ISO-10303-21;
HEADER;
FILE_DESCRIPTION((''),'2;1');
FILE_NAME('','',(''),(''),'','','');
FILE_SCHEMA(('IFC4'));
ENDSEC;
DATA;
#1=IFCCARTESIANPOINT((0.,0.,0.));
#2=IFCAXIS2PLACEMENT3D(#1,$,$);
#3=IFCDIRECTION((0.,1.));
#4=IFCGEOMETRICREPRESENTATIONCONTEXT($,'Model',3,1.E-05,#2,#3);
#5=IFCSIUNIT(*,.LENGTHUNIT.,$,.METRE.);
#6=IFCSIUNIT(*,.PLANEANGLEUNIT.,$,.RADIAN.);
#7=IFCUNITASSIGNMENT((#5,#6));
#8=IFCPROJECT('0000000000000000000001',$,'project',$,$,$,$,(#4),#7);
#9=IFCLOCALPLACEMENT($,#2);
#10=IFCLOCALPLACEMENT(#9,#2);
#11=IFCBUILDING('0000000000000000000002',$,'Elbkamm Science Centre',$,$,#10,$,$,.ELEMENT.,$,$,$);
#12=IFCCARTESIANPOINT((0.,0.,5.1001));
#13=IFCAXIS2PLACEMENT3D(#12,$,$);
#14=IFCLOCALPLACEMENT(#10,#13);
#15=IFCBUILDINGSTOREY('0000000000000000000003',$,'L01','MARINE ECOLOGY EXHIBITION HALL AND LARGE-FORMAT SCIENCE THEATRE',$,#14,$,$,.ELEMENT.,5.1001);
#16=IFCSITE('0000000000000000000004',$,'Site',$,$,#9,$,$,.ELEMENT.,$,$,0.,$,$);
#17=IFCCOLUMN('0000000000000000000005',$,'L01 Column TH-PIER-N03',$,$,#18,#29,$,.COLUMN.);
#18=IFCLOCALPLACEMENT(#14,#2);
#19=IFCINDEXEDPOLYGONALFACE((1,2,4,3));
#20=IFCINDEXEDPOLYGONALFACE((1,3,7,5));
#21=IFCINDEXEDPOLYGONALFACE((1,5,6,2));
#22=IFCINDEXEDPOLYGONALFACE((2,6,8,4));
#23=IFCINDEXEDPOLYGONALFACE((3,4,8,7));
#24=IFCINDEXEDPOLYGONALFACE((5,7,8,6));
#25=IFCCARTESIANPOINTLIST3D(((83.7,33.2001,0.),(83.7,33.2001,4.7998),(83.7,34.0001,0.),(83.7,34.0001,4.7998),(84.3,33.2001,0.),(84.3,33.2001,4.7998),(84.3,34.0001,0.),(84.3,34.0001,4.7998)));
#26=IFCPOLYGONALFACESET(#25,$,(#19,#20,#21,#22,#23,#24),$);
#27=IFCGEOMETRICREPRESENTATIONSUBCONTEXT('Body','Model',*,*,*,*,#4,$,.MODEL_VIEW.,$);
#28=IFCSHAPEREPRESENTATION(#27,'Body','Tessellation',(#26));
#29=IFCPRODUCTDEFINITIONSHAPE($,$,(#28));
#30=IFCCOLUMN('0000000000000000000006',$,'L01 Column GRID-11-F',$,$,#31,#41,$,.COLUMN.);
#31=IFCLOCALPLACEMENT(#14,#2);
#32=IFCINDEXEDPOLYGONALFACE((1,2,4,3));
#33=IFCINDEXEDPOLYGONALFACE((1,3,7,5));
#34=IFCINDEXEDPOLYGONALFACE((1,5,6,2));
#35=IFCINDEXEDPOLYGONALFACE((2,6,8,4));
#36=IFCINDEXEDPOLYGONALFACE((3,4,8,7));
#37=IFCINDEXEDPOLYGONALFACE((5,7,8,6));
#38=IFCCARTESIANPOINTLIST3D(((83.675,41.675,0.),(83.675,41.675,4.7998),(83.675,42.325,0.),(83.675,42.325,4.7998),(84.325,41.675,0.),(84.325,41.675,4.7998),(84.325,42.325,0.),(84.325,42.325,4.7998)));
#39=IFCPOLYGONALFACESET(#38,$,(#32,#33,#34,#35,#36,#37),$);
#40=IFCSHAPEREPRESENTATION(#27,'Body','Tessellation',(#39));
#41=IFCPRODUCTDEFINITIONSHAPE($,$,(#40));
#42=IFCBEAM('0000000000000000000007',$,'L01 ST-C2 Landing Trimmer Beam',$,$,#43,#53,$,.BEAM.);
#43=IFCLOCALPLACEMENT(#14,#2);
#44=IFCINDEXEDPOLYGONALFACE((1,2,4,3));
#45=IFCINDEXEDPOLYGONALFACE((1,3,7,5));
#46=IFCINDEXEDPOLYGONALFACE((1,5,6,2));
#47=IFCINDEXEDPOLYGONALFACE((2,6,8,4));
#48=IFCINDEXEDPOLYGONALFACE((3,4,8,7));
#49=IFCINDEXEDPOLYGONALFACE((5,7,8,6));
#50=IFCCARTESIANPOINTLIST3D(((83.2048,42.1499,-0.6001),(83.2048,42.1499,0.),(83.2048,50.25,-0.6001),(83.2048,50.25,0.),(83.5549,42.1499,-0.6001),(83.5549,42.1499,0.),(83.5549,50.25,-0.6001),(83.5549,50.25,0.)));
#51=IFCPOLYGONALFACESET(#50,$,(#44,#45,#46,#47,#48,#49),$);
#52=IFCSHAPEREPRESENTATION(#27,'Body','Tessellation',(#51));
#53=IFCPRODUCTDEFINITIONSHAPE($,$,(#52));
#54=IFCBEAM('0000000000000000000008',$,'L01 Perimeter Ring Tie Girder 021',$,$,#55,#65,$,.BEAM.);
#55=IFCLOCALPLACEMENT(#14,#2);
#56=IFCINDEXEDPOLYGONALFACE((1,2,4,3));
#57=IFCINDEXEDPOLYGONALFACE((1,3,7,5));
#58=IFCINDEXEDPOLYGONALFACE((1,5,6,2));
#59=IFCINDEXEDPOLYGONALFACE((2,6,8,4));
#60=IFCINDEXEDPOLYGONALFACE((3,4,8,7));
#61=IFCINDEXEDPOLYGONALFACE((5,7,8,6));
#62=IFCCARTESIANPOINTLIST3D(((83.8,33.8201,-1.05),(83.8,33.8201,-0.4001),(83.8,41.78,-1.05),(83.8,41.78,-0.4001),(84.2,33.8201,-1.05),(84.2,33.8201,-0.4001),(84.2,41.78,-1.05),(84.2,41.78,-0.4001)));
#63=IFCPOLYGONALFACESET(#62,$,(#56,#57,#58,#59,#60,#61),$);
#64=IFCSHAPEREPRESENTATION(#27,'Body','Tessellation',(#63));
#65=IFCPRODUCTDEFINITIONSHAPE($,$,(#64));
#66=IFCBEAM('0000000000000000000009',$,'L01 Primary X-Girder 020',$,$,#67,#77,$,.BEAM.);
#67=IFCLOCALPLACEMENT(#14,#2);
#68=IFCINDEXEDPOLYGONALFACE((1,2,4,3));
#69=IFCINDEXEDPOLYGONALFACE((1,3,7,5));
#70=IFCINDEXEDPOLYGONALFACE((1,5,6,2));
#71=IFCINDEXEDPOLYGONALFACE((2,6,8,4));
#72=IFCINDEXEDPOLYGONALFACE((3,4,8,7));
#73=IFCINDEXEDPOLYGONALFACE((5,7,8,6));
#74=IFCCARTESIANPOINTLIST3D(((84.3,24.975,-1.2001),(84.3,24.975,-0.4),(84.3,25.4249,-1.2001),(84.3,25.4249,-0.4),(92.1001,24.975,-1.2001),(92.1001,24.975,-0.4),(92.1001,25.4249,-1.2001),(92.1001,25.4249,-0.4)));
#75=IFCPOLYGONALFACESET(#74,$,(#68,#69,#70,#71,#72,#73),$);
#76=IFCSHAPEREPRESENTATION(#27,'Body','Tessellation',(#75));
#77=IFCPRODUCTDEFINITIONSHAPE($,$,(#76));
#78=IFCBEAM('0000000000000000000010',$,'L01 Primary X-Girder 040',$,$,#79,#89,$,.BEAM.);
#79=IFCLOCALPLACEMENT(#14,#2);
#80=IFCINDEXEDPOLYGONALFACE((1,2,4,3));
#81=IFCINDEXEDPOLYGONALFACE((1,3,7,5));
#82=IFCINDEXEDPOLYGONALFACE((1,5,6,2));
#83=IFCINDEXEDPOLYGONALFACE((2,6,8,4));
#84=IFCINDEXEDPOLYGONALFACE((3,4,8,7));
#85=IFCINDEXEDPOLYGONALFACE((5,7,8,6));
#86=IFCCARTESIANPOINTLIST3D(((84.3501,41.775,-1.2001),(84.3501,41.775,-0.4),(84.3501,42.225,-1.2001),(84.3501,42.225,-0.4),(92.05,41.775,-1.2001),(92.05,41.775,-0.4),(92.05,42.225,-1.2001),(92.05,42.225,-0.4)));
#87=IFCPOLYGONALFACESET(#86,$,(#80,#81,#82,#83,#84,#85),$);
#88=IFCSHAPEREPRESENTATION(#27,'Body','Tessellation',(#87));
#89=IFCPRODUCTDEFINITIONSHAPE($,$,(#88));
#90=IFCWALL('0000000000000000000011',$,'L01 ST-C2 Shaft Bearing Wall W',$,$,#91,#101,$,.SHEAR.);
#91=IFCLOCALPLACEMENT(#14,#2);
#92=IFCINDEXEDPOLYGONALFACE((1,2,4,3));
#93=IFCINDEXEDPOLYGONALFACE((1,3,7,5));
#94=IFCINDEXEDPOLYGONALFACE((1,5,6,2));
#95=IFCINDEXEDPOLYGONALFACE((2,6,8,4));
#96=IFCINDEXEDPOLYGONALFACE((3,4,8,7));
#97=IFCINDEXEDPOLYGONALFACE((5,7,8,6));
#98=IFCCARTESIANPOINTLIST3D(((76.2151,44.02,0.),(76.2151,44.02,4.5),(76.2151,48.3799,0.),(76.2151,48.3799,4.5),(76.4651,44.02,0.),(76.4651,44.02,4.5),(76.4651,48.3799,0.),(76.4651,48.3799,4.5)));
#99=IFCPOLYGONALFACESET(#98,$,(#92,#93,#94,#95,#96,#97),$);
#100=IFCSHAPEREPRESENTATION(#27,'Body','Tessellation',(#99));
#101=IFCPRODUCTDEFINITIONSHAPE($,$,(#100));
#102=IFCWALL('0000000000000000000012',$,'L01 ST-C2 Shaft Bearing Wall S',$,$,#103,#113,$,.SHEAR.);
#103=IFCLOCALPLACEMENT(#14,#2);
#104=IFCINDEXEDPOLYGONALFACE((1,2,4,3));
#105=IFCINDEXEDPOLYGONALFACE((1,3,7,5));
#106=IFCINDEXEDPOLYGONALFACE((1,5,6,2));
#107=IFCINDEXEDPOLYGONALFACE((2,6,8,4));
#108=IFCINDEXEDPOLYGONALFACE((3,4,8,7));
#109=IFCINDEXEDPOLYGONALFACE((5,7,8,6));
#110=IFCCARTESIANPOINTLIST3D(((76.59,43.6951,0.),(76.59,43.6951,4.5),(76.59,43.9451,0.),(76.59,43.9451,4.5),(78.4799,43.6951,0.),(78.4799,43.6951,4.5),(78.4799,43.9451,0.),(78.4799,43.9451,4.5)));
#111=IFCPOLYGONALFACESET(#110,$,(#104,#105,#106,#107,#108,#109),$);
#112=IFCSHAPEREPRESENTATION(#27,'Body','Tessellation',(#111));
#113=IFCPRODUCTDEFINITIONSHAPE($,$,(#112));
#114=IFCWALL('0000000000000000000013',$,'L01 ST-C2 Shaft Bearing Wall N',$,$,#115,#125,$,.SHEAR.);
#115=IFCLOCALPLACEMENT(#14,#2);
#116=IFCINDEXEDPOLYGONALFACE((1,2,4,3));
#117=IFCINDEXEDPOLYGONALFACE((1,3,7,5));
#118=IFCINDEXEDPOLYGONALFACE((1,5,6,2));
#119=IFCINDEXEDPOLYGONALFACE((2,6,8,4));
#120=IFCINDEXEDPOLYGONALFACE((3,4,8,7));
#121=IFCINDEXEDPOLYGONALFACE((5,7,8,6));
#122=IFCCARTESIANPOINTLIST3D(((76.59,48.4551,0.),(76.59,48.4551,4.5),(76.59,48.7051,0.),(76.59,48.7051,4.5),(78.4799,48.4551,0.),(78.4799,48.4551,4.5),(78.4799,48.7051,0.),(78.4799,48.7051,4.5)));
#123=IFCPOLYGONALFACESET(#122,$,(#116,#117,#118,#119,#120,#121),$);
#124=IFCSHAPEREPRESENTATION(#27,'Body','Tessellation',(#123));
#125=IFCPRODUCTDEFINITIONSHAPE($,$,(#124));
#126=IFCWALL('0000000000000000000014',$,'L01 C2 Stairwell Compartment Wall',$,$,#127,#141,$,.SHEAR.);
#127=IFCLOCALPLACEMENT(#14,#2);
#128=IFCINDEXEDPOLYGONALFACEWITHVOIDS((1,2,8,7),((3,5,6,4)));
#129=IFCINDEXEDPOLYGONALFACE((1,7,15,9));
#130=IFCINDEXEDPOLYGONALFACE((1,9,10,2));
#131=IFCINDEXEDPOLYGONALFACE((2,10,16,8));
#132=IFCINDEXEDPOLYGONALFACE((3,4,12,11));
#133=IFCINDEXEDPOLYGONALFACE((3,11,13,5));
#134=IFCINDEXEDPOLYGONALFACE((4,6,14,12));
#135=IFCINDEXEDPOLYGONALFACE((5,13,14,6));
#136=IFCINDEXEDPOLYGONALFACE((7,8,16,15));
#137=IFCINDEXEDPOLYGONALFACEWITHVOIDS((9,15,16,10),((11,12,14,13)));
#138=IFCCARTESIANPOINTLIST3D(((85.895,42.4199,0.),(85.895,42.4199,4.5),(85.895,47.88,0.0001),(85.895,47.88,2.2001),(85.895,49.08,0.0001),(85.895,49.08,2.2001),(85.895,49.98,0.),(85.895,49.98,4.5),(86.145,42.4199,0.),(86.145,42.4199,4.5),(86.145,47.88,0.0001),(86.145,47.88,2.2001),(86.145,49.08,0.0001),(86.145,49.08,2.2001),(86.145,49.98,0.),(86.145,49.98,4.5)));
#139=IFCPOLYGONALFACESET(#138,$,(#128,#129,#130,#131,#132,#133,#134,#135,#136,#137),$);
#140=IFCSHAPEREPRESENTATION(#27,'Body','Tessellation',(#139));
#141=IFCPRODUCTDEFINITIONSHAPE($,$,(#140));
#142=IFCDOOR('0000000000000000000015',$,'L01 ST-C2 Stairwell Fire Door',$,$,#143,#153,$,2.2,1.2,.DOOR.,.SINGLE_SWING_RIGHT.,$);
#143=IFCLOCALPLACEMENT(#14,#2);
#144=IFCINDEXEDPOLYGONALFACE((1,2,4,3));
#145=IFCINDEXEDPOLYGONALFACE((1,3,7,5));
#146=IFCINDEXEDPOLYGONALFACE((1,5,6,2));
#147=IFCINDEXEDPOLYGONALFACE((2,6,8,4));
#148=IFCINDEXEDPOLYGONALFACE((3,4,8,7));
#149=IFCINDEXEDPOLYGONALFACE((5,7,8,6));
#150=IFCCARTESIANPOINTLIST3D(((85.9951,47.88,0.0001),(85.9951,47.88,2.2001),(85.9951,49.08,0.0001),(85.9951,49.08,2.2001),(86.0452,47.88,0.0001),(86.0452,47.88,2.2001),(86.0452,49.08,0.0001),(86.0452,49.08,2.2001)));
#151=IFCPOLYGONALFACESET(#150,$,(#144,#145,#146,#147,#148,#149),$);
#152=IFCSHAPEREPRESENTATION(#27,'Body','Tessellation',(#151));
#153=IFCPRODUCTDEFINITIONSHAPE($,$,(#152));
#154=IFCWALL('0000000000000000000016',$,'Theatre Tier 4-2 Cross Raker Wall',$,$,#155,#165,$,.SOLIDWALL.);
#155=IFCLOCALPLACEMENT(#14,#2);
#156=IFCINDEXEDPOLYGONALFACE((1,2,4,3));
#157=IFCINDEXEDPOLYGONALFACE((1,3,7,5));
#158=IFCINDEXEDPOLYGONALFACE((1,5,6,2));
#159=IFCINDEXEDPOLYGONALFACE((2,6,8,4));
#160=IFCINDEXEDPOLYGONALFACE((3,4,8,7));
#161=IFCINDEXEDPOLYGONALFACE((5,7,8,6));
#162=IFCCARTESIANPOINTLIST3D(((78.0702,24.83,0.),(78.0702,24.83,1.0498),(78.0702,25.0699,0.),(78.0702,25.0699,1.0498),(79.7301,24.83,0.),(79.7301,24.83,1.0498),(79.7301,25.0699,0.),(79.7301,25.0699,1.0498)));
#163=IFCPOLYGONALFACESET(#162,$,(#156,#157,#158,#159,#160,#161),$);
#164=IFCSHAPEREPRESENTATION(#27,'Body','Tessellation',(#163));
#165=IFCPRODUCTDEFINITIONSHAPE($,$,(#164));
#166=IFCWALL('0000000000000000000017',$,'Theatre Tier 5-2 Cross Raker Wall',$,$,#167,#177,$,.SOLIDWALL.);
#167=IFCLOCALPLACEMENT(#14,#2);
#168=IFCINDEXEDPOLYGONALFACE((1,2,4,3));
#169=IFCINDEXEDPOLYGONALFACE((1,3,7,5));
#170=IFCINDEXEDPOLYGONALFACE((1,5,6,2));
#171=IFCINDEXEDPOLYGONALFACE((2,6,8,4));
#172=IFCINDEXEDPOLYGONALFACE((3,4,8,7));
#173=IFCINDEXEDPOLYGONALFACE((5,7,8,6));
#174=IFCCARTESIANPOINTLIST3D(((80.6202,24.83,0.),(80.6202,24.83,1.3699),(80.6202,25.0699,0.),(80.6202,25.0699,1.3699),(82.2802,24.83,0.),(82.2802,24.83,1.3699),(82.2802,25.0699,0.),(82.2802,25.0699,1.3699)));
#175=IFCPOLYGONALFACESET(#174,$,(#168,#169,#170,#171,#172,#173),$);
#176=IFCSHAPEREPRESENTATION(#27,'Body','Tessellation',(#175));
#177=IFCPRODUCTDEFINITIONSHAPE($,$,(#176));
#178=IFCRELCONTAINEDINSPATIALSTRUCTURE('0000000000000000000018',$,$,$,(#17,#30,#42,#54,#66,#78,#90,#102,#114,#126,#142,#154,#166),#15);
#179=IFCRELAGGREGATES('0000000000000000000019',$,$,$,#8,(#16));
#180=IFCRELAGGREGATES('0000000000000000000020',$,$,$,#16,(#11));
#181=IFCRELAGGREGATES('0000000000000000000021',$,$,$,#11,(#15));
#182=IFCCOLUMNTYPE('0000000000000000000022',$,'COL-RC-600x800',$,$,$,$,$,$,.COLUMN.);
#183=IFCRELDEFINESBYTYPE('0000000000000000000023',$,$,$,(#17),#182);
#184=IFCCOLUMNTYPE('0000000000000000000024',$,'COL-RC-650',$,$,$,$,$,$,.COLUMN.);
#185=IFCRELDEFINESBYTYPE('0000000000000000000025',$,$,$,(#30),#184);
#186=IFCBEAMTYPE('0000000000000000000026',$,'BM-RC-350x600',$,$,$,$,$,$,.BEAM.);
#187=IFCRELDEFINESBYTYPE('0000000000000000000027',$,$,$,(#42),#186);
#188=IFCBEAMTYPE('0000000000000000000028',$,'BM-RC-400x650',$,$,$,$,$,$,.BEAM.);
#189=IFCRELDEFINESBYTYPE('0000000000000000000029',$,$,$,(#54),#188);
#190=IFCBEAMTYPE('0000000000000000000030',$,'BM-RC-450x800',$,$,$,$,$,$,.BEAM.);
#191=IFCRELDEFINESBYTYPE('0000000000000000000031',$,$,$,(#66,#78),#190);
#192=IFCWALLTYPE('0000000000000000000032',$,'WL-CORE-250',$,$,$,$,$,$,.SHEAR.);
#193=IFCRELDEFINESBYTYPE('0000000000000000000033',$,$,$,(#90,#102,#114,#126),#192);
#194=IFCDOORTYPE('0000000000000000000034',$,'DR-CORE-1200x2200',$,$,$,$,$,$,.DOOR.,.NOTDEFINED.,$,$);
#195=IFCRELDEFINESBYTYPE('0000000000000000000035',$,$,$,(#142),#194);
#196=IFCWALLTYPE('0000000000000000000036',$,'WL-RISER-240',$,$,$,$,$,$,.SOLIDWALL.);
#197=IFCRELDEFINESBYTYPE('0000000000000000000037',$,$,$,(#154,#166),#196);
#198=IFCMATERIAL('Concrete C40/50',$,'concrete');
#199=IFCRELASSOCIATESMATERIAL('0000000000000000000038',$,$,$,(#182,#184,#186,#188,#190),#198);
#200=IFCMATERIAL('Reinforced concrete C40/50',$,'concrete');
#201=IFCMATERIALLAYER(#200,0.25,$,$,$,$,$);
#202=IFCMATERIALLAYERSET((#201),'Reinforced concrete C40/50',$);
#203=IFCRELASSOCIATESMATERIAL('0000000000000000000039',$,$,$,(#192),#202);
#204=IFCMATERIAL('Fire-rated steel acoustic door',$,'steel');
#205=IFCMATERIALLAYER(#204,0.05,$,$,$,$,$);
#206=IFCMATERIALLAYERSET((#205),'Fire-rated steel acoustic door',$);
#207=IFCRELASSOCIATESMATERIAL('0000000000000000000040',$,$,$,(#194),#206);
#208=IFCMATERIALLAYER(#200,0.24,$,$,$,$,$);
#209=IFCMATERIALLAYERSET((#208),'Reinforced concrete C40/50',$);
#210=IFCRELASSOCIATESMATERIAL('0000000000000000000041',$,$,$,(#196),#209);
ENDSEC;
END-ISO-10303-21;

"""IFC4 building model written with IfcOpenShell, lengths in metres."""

from ifc_helpers import new_model, si_unit, direction, frame, frame_2d, origin, origin_2d, place, context, subcontext, project, spatial, rectangle, extrude, material, layer, layer_set, material_profile, profile_set, type_object, element, fill, save


model = new_model("IFC4")

# Units and contexts
model_context = context("Model", 3, precision=1e-05, world=origin(), true_north=direction((0.0, 1.0)))
body_context = subcontext(model_context, "Body", "Model", "MODEL_VIEW")
ifc_project = project(units=[si_unit("LENGTHUNIT", "METRE"), si_unit("PLANEANGLEUNIT", "RADIAN")], contexts=[model_context])

# Site, building, storey
site_placement = place(None, origin())
site = spatial("IfcSite", under=ifc_project, at=site_placement, Name="Site", CompositionType="ELEMENT", RefElevation=0.0)
building_placement = place(site_placement, origin())
building = spatial("IfcBuilding", under=site, at=building_placement, Name="Elbkamm Science Centre", CompositionType="ELEMENT")
storey_placement = place(building_placement, frame((0.0, 0.0, 5.1001)))
storey = spatial("IfcBuildingStorey", under=building, at=storey_placement, Name="L01", Description="MARINE ECOLOGY EXHIBITION HALL AND LARGE-FORMAT SCIENCE THEATRE", CompositionType="ELEMENT", Elevation=5.1001)

# Columns
ifc_material_1 = material(Name="Concrete C40/50", Category="concrete")
ifc_material_profile_1 = material_profile(ifc_material_1, rectangle(XDim=0.6001, YDim=0.8, at=origin_2d()), Name="RC 600x800")
ifc_profile_set_1 = profile_set([ifc_material_profile_1], Name="Concrete C40/50")
column_type_1 = type_object("IfcColumnType", Name="COL-RC-600x800", PredefinedType="COLUMN", material=ifc_profile_set_1)
column_1_placement = place(storey_placement, frame((84.0, 33.6001, 0.0), z_axis=(0.0, 0.0, 1.0), x_axis=(1.0, 0.0, 0.0)))
element("IfcColumn", 1, at=column_1_placement, inside=storey, type_object=column_type_1, Name="L01 Column TH-PIER-N03", PredefinedType="COLUMN", context=body_context, shape_type="SweptSolid", body=[
    extrude(rectangle(XDim=0.6001, YDim=0.8, at=origin_2d()), origin(), (0.0, 0.0, 1.0), 4.7998),
])
ifc_material_profile_2 = material_profile(ifc_material_1, rectangle(XDim=0.6499, YDim=0.6499, at=origin_2d()), Name="RC 650x650")
ifc_profile_set_2 = profile_set([ifc_material_profile_2], Name="Concrete C40/50")
column_type_2 = type_object("IfcColumnType", Name="COL-RC-650", PredefinedType="COLUMN", material=ifc_profile_set_2)
column_2_placement = place(storey_placement, frame((84.0, 42.0, 0.0), z_axis=(0.0, 0.0, 1.0), x_axis=(1.0, 0.0, 0.0)))
element("IfcColumn", 2, at=column_2_placement, inside=storey, type_object=column_type_2, Name="L01 Column GRID-11-F", PredefinedType="COLUMN", context=body_context, shape_type="SweptSolid", body=[
    extrude(rectangle(XDim=0.6499, YDim=0.6499, at=origin_2d()), origin(), (0.0, 0.0, 1.0), 4.7998),
])

# Beams
ifc_material_profile_3 = material_profile(ifc_material_1, rectangle(XDim=0.3501, YDim=0.6001, at=origin_2d()), Name="RC 350x600")
ifc_profile_set_3 = profile_set([ifc_material_profile_3], Name="Concrete C40/50")
beam_type_1 = type_object("IfcBeamType", Name="BM-RC-350x600", PredefinedType="BEAM", material=ifc_profile_set_3)
beam_1_placement = place(storey_placement, frame((83.3799, 42.1499, -0.3), z_axis=(0.0, 1.0, 0.0), x_axis=(-1.0, 0.0, 0.0)))
element("IfcBeam", 3, at=beam_1_placement, inside=storey, type_object=beam_type_1, Name="L01 ST-C2 Landing Trimmer Beam", PredefinedType="BEAM", context=body_context, shape_type="SweptSolid", body=[
    extrude(rectangle(XDim=0.3501, YDim=0.6001, at=origin_2d()), origin(), (0.0, 0.0, 1.0), 8.1001),
])
ifc_material_profile_4 = material_profile(ifc_material_1, rectangle(XDim=0.3999, YDim=0.6499, at=origin_2d()), Name="RC 400x650")
ifc_profile_set_4 = profile_set([ifc_material_profile_4], Name="Concrete C40/50")
beam_type_2 = type_object("IfcBeamType", Name="BM-RC-400x650", PredefinedType="BEAM", material=ifc_profile_set_4)
beam_2_placement = place(storey_placement, frame((84.0, 33.8201, -0.7251), z_axis=(0.0, 1.0, 0.0), x_axis=(-1.0, 0.0, 0.0)))
element("IfcBeam", 4, at=beam_2_placement, inside=storey, type_object=beam_type_2, Name="L01 Perimeter Ring Tie Girder 021", PredefinedType="BEAM", context=body_context, shape_type="SweptSolid", body=[
    extrude(rectangle(XDim=0.3999, YDim=0.6499, at=origin_2d()), origin(), (0.0, 0.0, 1.0), 7.96),
])
ifc_material_profile_5 = material_profile(ifc_material_1, rectangle(XDim=0.45, YDim=0.8, at=origin_2d()), Name="RC 450x800")
ifc_profile_set_5 = profile_set([ifc_material_profile_5], Name="Concrete C40/50")
beam_type_3 = type_object("IfcBeamType", Name="BM-RC-450x800", PredefinedType="BEAM", material=ifc_profile_set_5)
beam_3_placement = place(storey_placement, frame((84.3, 25.2, -0.8), z_axis=(1.0, 0.0, 0.0), x_axis=(0.0, 1.0, 0.0)))
element("IfcBeam", 5, at=beam_3_placement, inside=storey, type_object=beam_type_3, Name="L01 Primary X-Girder 020", PredefinedType="BEAM", context=body_context, shape_type="SweptSolid", body=[
    extrude(rectangle(XDim=0.45, YDim=0.8, at=origin_2d()), origin(), (0.0, 0.0, 1.0), 7.8),
])
beam_4_placement = place(storey_placement, frame((84.3501, 42.0, -0.8), z_axis=(1.0, 0.0, 0.0), x_axis=(0.0, 1.0, 0.0)))
element("IfcBeam", 6, at=beam_4_placement, inside=storey, type_object=beam_type_3, Name="L01 Primary X-Girder 040", PredefinedType="BEAM", context=body_context, shape_type="SweptSolid", body=[
    extrude(rectangle(XDim=0.45, YDim=0.8, at=origin_2d()), origin(), (0.0, 0.0, 1.0), 7.7),
])

# Walls
ifc_material_2 = material(Name="Reinforced concrete C40/50", Category="concrete")
ifc_layer_1 = layer(ifc_material_2, 0.25)
ifc_layer_set_1 = layer_set([ifc_layer_1], Name="Reinforced concrete C40/50")
wall_type_1 = type_object("IfcWallType", Name="WL-CORE-250", PredefinedType="SHEAR", material=ifc_layer_set_1)
wall_1_placement = place(storey_placement, frame((76.3401, 44.02, 0.0), z_axis=(0.0, 0.0, 1.0), x_axis=(0.0, 1.0, 0.0)))
element("IfcWall", 7, at=wall_1_placement, inside=storey, type_object=wall_type_1, Name="L01 ST-C2 Shaft Bearing Wall W", PredefinedType="SHEAR", context=body_context, shape_type="SweptSolid", body=[
    extrude(rectangle(XDim=4.3599, YDim=0.25, at=frame_2d((2.1799, 0.0))), origin(), (0.0, 0.0, 1.0), 4.5),
])
for number, where, z_axis, x_axis, name in (
    (8, (76.5901, 43.8201, 0.0), (0.0, 0.0, 1.0), (1.0, 0.0, 0.0), "L01 ST-C2 Shaft Bearing Wall S"),
    (9, (76.5901, 48.5801, 0.0), (0.0, 0.0, 1.0), (1.0, 0.0, 0.0), "L01 ST-C2 Shaft Bearing Wall N"),
):
    element("IfcWall", number, at=place(storey_placement, frame(where, z_axis=z_axis, x_axis=x_axis)), inside=storey, type_object=wall_type_1, Name=name, PredefinedType="SHEAR", context=body_context, shape_type="SweptSolid", body=[
        extrude(rectangle(XDim=1.8899, YDim=0.25, at=frame_2d((0.9448, 0.0))), origin(), (0.0, 0.0, 1.0), 4.5),
    ])

# Wall, opening, door
wall_2_placement = place(storey_placement, frame((86.02, 42.4199, 0.0), z_axis=(0.0, 0.0, 1.0), x_axis=(0.0, 1.0, 0.0)))
wall_2 = element("IfcWall", 10, at=wall_2_placement, inside=storey, type_object=wall_type_1, Name="L01 C2 Stairwell Compartment Wall", PredefinedType="SHEAR", context=body_context, shape_type="SweptSolid", body=[
    extrude(rectangle(XDim=7.5601, YDim=0.25, at=frame_2d((3.78, 0.0))), origin(), (0.0, 0.0, 1.0), 4.5),
])
opening_1_placement = place(wall_2_placement, frame((5.46, 0.0, 0.0)))
opening_1 = element("IfcOpeningElement", 11, at=opening_1_placement, cuts=wall_2, PredefinedType="OPENING", context=body_context, shape_type="SweptSolid", body=[
    extrude(rectangle(XDim=1.2, YDim=2.2, at=frame_2d((0.6001, 1.1001))), frame((0.0, 0.137, 0.0), z_axis=(0.0, -1.0, 0.0), x_axis=(1.0, 0.0, 0.0)), (0.0, 0.0, 1.0), 0.2739),
])
ifc_material_3 = material(Name="Fire-rated steel acoustic door", Category="steel")
ifc_layer_2 = layer(ifc_material_3, 0.05)
ifc_layer_set_2 = layer_set([ifc_layer_2], Name="Fire-rated steel acoustic door")
door_type_1 = type_object("IfcDoorType", Name="DR-CORE-1200x2200", OperationType="NOTDEFINED", PredefinedType="DOOR", material=ifc_layer_set_2)
door_1_placement = place(opening_1_placement, origin())
door_1 = element("IfcDoor", 12, at=door_1_placement, inside=storey, type_object=door_type_1, Name="L01 ST-C2 Stairwell Fire Door", OperationType="SINGLE_SWING_RIGHT", OverallHeight=2.2, OverallWidth=1.2, PredefinedType="DOOR", context=body_context, shape_type="SweptSolid", body=[
    extrude(rectangle(XDim=1.2, YDim=2.2, at=frame_2d((0.6001, 1.1001))), frame((0.0, 0.0249, 0.0), z_axis=(0.0, -1.0, 0.0), x_axis=(1.0, 0.0, 0.0)), (0.0, 0.0, 1.0), 0.05),
])
fill(opening_1, door_1)

# Walls
ifc_layer_3 = layer(ifc_material_2, 0.24)
ifc_layer_set_3 = layer_set([ifc_layer_3], Name="Reinforced concrete C40/50")
wall_type_2 = type_object("IfcWallType", Name="WL-RISER-240", PredefinedType="SOLIDWALL", material=ifc_layer_set_3)
wall_3_placement = place(storey_placement, frame((78.0701, 24.95, 0.0), z_axis=(0.0, 0.0, 1.0), x_axis=(1.0, 0.0, 0.0)))
element("IfcWall", 13, at=wall_3_placement, inside=storey, type_object=wall_type_2, Name="Theatre Tier 4-2 Cross Raker Wall", PredefinedType="SOLIDWALL", context=body_context, shape_type="SweptSolid", body=[
    extrude(rectangle(XDim=1.6599, YDim=0.24, at=frame_2d((0.8301, 0.0))), origin(), (0.0, 0.0, 1.0), 1.0498),
])
wall_4_placement = place(storey_placement, frame((80.6201, 24.95, 0.0), z_axis=(0.0, 0.0, 1.0), x_axis=(1.0, 0.0, 0.0)))
element("IfcWall", 14, at=wall_4_placement, inside=storey, type_object=wall_type_2, Name="Theatre Tier 5-2 Cross Raker Wall", PredefinedType="SOLIDWALL", context=body_context, shape_type="SweptSolid", body=[
    extrude(rectangle(XDim=1.6599, YDim=0.24, at=frame_2d((0.8301, 0.0))), origin(), (0.0, 0.0, 1.0), 1.3699),
])

save(model, "model.ifc")
